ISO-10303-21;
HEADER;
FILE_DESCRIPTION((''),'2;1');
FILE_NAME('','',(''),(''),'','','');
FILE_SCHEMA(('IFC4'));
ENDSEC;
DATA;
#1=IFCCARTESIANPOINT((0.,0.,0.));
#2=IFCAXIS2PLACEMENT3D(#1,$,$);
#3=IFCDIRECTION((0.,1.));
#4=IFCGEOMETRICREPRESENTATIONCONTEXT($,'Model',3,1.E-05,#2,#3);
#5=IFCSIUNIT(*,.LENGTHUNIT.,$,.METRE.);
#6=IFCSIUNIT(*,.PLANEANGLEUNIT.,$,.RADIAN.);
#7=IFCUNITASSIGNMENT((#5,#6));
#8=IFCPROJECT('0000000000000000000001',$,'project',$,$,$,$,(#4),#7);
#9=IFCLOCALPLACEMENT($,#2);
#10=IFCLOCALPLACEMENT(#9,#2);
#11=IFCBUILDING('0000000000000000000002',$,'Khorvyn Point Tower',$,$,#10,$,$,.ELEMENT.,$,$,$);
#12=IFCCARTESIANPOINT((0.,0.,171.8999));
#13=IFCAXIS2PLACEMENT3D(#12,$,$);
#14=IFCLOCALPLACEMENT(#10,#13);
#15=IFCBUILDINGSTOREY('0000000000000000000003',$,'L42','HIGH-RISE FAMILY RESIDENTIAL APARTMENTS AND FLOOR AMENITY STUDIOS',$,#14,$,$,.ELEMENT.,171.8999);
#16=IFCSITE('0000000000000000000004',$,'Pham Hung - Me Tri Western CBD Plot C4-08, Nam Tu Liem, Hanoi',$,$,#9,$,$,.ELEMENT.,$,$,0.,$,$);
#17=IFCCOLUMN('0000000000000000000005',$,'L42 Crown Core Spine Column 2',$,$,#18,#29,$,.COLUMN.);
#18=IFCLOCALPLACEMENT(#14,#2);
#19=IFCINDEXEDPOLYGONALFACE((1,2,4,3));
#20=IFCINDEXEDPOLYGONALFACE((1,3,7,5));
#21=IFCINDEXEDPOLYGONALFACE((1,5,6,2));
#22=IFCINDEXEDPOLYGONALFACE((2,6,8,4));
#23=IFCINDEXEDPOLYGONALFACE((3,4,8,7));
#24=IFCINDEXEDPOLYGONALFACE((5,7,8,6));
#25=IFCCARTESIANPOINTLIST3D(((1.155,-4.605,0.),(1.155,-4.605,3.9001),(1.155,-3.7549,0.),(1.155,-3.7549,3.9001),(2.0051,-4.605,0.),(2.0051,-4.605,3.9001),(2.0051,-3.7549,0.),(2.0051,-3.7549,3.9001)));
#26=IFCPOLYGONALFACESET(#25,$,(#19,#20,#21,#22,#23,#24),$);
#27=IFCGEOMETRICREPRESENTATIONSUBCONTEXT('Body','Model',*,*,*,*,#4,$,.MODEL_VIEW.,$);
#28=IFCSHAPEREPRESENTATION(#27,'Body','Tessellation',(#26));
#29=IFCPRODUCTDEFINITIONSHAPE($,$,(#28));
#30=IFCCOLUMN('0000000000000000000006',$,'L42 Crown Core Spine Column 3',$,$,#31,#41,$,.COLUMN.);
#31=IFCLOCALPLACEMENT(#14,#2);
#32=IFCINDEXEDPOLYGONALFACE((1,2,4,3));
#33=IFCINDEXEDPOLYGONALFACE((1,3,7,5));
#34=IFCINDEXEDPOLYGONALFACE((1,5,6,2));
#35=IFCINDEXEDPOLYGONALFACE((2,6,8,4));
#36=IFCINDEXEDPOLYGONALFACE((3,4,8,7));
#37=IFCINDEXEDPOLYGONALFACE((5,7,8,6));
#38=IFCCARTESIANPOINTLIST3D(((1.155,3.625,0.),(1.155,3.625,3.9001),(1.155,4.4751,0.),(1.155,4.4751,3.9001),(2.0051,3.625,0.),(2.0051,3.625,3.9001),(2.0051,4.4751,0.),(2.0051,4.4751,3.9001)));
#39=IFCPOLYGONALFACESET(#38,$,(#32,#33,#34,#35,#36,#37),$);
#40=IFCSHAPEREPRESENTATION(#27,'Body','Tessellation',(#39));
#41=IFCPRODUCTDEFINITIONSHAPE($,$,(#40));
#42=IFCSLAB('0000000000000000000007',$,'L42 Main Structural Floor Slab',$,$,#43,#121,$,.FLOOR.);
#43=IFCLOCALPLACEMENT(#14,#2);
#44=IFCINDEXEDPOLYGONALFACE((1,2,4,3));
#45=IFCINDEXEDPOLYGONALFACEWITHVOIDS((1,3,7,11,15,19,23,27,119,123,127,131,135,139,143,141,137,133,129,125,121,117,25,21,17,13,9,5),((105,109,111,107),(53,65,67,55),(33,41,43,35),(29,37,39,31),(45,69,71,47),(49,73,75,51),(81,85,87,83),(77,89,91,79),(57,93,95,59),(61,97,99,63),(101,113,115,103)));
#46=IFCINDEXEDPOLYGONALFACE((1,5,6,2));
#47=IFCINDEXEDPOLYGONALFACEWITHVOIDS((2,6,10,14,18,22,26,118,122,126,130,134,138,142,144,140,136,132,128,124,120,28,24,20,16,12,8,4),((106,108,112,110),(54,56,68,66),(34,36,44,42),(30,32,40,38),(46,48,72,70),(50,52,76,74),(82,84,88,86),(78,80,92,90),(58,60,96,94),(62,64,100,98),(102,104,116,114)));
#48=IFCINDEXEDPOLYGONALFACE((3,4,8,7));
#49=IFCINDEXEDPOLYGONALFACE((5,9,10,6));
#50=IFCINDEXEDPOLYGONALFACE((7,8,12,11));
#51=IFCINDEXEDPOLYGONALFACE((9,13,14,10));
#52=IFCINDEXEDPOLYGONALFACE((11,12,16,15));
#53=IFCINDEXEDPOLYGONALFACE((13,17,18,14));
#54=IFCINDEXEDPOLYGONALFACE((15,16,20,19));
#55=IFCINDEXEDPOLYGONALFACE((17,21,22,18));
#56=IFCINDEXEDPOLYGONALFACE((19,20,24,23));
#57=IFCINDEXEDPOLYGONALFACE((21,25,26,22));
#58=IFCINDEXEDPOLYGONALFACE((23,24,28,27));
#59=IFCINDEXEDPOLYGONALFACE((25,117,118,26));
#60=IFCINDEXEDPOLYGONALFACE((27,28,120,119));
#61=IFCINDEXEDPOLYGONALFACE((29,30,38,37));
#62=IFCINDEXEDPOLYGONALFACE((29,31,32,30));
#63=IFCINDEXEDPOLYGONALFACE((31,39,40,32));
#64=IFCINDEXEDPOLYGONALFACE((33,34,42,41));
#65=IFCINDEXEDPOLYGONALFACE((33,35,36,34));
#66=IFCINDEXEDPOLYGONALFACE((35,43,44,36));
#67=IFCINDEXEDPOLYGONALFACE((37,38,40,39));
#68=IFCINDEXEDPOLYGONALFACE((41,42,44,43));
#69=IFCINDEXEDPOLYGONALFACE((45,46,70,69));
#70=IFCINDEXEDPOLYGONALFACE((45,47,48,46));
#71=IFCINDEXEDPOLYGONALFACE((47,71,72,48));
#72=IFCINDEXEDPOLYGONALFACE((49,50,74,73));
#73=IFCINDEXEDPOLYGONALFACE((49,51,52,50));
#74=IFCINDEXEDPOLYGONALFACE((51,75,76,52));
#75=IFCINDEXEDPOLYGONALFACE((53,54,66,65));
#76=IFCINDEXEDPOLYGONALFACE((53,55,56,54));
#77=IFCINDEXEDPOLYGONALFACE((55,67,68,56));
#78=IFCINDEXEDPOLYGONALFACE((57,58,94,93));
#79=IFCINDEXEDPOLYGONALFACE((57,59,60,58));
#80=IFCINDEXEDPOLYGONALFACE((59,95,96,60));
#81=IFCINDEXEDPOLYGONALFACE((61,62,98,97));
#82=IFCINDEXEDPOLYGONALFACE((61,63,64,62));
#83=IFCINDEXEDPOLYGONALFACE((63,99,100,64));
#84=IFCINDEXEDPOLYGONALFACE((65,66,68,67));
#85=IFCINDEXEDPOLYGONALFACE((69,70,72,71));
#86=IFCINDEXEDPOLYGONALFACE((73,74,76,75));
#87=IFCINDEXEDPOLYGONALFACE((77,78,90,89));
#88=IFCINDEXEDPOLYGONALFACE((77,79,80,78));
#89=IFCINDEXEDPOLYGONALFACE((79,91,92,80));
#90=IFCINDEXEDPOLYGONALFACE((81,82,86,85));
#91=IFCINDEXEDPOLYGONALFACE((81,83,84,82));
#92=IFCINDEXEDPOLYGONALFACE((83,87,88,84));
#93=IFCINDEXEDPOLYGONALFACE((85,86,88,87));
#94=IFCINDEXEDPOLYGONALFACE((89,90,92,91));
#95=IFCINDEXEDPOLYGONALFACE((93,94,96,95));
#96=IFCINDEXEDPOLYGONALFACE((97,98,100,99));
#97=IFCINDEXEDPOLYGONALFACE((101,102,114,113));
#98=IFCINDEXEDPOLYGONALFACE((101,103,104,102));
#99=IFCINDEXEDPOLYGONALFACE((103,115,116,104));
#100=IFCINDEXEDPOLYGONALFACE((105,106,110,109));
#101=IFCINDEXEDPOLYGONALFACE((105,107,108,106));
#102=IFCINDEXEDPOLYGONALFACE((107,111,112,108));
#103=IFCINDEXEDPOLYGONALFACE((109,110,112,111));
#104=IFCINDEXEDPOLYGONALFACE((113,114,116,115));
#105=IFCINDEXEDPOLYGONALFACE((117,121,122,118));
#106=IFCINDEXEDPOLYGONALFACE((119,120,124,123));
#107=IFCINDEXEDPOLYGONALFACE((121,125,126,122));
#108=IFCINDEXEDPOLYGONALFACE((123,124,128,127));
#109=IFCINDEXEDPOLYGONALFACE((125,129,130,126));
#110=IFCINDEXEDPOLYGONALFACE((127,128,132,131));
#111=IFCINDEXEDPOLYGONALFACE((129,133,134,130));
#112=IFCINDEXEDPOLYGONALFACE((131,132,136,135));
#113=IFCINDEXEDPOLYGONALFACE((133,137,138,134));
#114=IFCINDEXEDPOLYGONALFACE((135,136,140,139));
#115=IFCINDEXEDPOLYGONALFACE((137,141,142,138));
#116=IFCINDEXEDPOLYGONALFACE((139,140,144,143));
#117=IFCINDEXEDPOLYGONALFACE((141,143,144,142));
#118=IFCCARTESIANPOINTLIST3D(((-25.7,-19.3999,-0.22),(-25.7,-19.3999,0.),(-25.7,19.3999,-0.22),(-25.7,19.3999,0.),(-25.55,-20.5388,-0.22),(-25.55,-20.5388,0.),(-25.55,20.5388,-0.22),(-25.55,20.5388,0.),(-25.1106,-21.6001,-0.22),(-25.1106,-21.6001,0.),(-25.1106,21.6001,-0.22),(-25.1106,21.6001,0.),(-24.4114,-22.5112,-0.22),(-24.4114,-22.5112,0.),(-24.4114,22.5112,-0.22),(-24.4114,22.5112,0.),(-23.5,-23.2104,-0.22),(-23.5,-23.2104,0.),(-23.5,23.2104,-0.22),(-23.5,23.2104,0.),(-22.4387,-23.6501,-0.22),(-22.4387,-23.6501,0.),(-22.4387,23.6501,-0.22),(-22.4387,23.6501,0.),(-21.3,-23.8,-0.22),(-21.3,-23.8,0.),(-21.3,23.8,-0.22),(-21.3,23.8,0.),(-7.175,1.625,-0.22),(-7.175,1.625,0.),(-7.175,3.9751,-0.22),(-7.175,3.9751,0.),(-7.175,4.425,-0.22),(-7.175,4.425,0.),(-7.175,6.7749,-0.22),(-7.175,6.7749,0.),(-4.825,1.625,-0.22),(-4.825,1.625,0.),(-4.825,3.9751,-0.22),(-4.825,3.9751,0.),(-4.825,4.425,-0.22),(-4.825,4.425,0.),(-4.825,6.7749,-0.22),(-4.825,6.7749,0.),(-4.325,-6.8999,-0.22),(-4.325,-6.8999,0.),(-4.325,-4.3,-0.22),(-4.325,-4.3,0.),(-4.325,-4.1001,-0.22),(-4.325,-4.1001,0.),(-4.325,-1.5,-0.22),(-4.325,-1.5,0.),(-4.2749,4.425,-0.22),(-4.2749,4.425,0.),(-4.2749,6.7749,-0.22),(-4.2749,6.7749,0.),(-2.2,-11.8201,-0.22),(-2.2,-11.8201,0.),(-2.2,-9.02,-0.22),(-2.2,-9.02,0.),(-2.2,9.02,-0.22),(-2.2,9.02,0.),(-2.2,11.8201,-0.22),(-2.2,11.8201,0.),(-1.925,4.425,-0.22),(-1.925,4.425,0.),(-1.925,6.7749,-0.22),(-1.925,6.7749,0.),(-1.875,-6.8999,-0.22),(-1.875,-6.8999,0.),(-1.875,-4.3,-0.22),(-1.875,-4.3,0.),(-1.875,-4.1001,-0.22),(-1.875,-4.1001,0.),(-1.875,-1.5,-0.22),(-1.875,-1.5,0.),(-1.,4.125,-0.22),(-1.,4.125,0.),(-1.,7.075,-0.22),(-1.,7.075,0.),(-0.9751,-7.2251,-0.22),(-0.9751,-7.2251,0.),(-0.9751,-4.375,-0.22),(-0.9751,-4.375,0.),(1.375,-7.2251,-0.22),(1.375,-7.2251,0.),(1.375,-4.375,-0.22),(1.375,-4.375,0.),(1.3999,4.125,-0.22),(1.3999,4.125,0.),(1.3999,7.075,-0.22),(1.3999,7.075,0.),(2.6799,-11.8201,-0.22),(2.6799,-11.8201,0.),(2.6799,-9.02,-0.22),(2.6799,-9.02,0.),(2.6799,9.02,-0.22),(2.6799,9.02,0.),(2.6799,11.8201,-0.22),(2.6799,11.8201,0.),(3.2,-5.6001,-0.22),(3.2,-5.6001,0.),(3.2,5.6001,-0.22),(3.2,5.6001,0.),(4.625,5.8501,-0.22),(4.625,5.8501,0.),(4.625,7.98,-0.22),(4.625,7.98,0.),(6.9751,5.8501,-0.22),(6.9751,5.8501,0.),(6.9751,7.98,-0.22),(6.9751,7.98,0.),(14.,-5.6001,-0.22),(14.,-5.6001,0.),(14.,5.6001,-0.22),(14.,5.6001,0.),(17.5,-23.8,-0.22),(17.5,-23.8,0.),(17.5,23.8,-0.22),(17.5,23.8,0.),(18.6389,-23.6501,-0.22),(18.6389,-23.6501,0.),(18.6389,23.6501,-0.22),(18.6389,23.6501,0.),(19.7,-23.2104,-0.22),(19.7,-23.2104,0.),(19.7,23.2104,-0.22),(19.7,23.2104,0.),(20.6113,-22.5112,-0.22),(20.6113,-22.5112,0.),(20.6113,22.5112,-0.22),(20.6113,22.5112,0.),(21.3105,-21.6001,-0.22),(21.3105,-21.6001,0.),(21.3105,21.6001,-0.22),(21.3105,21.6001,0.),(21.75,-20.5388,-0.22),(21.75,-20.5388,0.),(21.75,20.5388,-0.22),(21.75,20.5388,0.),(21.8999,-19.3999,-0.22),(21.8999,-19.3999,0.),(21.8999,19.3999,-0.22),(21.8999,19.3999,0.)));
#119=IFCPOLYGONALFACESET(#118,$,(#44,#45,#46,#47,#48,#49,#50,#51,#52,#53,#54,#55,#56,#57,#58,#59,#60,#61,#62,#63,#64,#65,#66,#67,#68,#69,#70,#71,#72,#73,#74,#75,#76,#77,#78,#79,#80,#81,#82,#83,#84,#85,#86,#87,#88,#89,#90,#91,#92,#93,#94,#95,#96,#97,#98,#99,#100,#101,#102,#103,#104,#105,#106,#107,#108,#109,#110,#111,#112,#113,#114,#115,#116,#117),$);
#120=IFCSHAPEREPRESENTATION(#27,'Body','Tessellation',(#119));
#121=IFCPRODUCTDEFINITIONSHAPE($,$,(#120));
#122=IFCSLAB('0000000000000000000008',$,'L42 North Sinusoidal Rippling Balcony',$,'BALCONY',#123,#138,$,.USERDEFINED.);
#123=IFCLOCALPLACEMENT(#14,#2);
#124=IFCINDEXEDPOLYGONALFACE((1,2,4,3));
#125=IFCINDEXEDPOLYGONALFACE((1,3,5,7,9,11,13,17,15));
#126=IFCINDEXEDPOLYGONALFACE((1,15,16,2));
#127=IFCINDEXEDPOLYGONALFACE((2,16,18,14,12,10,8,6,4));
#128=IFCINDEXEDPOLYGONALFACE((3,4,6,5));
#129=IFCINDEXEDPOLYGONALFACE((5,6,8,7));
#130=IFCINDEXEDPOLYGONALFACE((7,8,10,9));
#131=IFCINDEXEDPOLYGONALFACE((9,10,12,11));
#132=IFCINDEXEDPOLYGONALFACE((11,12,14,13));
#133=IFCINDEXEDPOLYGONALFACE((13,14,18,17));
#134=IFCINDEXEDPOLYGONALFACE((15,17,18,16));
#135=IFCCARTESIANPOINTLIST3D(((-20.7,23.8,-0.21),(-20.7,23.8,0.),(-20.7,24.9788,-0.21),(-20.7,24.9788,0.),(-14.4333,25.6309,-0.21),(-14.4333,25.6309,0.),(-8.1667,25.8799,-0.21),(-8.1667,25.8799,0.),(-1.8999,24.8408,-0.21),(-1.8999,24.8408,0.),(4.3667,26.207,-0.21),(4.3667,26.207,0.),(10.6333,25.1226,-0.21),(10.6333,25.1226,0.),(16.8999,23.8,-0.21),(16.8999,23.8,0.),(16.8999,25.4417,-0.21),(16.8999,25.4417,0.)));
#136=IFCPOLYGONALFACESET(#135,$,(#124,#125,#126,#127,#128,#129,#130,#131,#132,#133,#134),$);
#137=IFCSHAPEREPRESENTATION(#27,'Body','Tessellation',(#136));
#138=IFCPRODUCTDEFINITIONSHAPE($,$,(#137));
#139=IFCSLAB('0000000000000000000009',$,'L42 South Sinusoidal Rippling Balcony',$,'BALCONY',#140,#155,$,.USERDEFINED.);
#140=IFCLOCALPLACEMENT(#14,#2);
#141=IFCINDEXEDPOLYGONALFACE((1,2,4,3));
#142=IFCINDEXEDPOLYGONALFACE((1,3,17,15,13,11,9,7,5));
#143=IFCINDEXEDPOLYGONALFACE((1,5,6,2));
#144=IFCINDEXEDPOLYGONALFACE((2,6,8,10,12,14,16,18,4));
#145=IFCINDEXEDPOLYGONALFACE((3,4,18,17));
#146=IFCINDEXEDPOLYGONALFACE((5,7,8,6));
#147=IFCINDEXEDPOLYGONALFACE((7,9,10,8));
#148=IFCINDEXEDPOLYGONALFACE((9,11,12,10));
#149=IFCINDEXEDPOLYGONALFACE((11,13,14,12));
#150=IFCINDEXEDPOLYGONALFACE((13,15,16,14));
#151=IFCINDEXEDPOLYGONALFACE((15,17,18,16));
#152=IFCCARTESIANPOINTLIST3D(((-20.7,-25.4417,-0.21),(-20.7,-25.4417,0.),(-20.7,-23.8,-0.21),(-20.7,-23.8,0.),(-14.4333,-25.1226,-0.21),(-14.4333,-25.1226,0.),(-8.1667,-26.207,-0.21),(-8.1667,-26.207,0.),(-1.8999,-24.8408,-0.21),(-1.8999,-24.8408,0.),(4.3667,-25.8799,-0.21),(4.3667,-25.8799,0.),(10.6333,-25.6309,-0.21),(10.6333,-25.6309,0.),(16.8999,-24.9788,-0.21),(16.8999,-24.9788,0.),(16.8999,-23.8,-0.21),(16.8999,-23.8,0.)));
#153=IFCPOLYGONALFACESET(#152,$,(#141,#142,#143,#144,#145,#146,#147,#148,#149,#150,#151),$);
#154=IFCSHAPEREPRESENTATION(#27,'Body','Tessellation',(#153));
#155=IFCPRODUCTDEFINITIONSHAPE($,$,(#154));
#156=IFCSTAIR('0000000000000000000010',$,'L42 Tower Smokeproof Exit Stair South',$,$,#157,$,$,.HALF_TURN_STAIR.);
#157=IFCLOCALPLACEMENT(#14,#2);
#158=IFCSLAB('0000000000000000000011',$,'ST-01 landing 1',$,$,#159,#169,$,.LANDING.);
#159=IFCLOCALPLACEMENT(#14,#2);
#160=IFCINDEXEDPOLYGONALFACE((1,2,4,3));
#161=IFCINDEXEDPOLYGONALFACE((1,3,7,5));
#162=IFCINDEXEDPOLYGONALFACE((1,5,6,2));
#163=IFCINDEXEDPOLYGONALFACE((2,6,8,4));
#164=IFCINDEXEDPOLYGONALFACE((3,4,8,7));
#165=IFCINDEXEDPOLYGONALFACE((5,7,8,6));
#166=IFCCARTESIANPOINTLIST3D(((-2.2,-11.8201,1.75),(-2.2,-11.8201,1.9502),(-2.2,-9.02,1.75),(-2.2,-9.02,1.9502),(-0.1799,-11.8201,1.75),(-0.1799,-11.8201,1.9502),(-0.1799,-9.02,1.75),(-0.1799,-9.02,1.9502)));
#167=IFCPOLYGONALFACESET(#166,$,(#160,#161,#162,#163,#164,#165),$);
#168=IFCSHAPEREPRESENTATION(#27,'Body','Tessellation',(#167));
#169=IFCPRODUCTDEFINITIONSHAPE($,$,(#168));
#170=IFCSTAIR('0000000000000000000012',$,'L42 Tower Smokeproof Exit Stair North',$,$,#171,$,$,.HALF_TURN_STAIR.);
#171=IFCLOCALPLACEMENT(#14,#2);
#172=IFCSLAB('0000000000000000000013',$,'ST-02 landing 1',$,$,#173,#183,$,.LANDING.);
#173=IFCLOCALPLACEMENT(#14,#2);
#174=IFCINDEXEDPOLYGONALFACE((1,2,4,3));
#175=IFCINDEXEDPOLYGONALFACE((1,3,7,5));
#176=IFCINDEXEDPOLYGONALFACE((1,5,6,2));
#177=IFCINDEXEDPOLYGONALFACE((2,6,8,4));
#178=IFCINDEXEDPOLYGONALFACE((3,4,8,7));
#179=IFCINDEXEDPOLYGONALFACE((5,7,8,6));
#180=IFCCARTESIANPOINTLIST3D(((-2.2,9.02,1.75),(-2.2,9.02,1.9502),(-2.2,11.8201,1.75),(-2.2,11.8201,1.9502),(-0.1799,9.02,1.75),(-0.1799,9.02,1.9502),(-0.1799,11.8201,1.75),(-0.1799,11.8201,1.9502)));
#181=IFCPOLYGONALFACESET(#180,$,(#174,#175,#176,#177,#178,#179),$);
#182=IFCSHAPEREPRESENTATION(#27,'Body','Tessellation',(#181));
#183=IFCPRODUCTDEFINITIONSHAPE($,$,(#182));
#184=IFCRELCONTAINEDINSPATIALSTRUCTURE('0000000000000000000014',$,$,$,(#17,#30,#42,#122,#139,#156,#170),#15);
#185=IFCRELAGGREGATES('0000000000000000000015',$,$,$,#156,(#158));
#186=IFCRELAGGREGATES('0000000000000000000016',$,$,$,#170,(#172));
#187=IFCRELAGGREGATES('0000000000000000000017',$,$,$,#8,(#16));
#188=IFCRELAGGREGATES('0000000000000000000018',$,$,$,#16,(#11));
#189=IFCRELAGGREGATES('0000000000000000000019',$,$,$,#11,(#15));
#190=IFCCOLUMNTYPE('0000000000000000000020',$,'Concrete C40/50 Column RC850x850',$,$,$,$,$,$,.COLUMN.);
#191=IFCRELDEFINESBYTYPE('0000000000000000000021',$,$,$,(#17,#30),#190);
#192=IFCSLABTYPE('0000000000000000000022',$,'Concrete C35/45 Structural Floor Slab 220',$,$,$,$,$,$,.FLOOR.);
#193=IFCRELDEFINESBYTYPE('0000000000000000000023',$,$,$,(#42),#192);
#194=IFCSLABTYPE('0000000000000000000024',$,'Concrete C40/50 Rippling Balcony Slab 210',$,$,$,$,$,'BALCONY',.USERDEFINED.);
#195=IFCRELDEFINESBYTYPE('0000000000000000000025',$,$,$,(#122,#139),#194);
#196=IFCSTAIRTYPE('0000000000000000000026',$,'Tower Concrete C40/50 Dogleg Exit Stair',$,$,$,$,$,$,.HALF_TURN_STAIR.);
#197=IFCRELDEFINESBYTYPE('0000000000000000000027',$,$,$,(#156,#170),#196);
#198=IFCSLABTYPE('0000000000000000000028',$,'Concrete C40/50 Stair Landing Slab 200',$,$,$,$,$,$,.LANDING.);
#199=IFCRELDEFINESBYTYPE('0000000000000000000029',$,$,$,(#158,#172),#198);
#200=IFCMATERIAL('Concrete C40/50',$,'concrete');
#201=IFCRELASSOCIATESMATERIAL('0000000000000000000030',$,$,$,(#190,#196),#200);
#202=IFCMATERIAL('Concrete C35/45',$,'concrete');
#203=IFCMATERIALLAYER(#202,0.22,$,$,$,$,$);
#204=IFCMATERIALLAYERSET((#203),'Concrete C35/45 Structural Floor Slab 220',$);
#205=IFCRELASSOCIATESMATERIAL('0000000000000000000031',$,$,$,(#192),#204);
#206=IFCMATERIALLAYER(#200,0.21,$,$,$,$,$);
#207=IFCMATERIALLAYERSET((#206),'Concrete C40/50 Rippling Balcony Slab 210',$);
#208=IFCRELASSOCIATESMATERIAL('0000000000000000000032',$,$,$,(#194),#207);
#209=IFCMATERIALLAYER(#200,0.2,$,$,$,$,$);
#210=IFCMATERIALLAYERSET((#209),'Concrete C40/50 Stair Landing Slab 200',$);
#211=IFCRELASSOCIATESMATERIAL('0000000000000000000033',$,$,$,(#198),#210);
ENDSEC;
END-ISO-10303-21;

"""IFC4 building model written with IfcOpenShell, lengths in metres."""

from ifc_helpers import new_model, si_unit, direction, frame, origin, origin_2d, place, context, subcontext, project, spatial, polyline, rectangle, outline, extrude, material, layer, layer_set, material_profile, profile_set, type_object, element, aggregate, save


model = new_model("IFC4")

# Units and contexts
model_context = context("Model", 3, precision=1e-05, world=origin(), true_north=direction((0.0, 1.0)))
body_context = subcontext(model_context, "Body", "Model", "MODEL_VIEW")
ifc_project = project(units=[si_unit("LENGTHUNIT", "METRE"), si_unit("PLANEANGLEUNIT", "RADIAN")], contexts=[model_context])

# Site, building, storey
site_placement = place(None, origin())
site = spatial("IfcSite", under=ifc_project, at=site_placement, Name="Pham Hung - Me Tri Western CBD Plot C4-08, Nam Tu Liem, Hanoi", CompositionType="ELEMENT", RefElevation=0.0)
building_placement = place(site_placement, origin())
building = spatial("IfcBuilding", under=site, at=building_placement, Name="Khorvyn Point Tower", CompositionType="ELEMENT")
storey_placement = place(building_placement, frame((0.0, 0.0, 171.8999)))
storey = spatial("IfcBuildingStorey", under=building, at=storey_placement, Name="L42", Description="HIGH-RISE FAMILY RESIDENTIAL APARTMENTS AND FLOOR AMENITY STUDIOS", CompositionType="ELEMENT", Elevation=171.8999)

# Columns
ifc_material_1 = material(Name="Concrete C40/50", Category="concrete")
ifc_material_profile = material_profile(ifc_material_1, rectangle(XDim=0.8501, YDim=0.8501, at=origin_2d()))
ifc_profile_set = profile_set([ifc_material_profile], Name="Concrete C40/50 RC850x850")
column_type = type_object("IfcColumnType", Name="Concrete C40/50 Column RC850x850", PredefinedType="COLUMN", material=ifc_profile_set)
for number, where, z_axis, x_axis, name in (
    (1, (1.5801, -4.1799, 0.0), (0.0, 0.0, 1.0), (1.0, 0.0, 0.0), "L42 Crown Core Spine Column 2"),
    (2, (1.5801, 4.05, 0.0), (0.0, 0.0, 1.0), (1.0, 0.0, 0.0), "L42 Crown Core Spine Column 3"),
):
    element("IfcColumn", number, at=place(storey_placement, frame(where, z_axis=z_axis, x_axis=x_axis)), inside=storey, type_object=column_type, Name=name, PredefinedType="COLUMN", context=body_context, shape_type="SweptSolid", body=[
        extrude(rectangle(XDim=0.8501, YDim=0.8501, at=origin_2d()), origin(), (0.0, 0.0, 1.0), 3.9001),
    ])

# Slabs
ifc_material_2 = material(Name="Concrete C35/45", Category="concrete")
ifc_layer_1 = layer(ifc_material_2, 0.22)
ifc_layer_set_1 = layer_set([ifc_layer_1], Name="Concrete C35/45 Structural Floor Slab 220")
slab_type_1 = type_object("IfcSlabType", Name="Concrete C35/45 Structural Floor Slab 220", PredefinedType="FLOOR", material=ifc_layer_set_1)
slab_1_placement = place(storey_placement, frame((0.0, 0.0, -0.22)))
element("IfcSlab", 3, at=slab_1_placement, inside=storey, type_object=slab_type_1, Name="L42 Main Structural Floor Slab", PredefinedType="FLOOR", context=body_context, shape_type="SweptSolid", body=[
    extrude(outline(polyline([(-21.3, -23.8), (-22.4387, -23.6501), (-23.5, -23.2104), (-24.4114, -22.5112), (-25.1106, -21.6001), (-25.55, -20.5388), (-25.7, -19.3999), (-25.7, 19.3999), (-25.55, 20.5388), (-25.1106, 21.6001), (-24.4114, 22.5112), (-23.5, 23.2104), (-22.4387, 23.6501), (-21.3, 23.8), (17.5, 23.8), (18.6389, 23.6501), (19.7, 23.2104), (20.6113, 22.5112), (21.3105, 21.6001), (21.75, 20.5388), (21.8999, 19.3999), (21.8999, -19.3999), (21.75, -20.5388), (21.3105, -21.6001), (20.6113, -22.5112), (19.7, -23.2104), (18.6389, -23.6501), (17.5, -23.8), (-21.3, -23.8)]), holes=[polyline([(-1.875, -6.8999), (-1.875, -4.3), (-4.325, -4.3), (-4.325, -6.8999), (-1.875, -6.8999)]), polyline([(-1.875, -4.1001), (-1.875, -1.5), (-4.325, -1.5), (-4.325, -4.1001), (-1.875, -4.1001)]), polyline([(-4.825, 1.625), (-4.825, 3.9751), (-7.175, 3.9751), (-7.175, 1.625), (-4.825, 1.625)]), polyline([(-7.175, 4.425), (-4.825, 4.425), (-4.825, 6.7749), (-7.175, 6.7749), (-7.175, 4.425)]), polyline([(-4.2749, 4.425), (-1.925, 4.425), (-1.925, 6.7749), (-4.2749, 6.7749), (-4.2749, 4.425)]), polyline([(1.3999, 4.125), (1.3999, 7.075), (-1.0, 7.075), (-1.0, 4.125), (1.3999, 4.125)]), polyline([(-2.2, -11.8201), (2.6799, -11.8201), (2.6799, -9.02), (-2.2, -9.02), (-2.2, -11.8201)]), polyline([(-0.9751, -7.2251), (1.375, -7.2251), (1.375, -4.375), (-0.9751, -4.375), (-0.9751, -7.2251)]), polyline([(14.0, -5.6001), (14.0, 5.6001), (3.2, 5.6001), (3.2, -5.6001), (14.0, -5.6001)]), polyline([(4.625, 5.8501), (6.9751, 5.8501), (6.9751, 7.98), (4.625, 7.98), (4.625, 5.8501)]), polyline([(-2.2, 9.02), (2.6799, 9.02), (2.6799, 11.8201), (-2.2, 11.8201), (-2.2, 9.02)])]), origin(), (0.0, 0.0, 1.0), 0.22),
])
ifc_layer_2 = layer(ifc_material_1, 0.21)
ifc_layer_set_2 = layer_set([ifc_layer_2], Name="Concrete C40/50 Rippling Balcony Slab 210")
slab_type_2 = type_object("IfcSlabType", Name="Concrete C40/50 Rippling Balcony Slab 210", ElementType="BALCONY", PredefinedType="USERDEFINED", material=ifc_layer_set_2)
slab_2_placement = place(storey_placement, frame((0.0, 0.0, -0.21)))
element("IfcSlab", 4, at=slab_2_placement, inside=storey, type_object=slab_type_2, Name="L42 North Sinusoidal Rippling Balcony", ObjectType="BALCONY", PredefinedType="USERDEFINED", context=body_context, shape_type="SweptSolid", body=[
    extrude(outline(polyline([(16.8999, 23.8), (16.8999, 25.4417), (10.6333, 25.1226), (4.3667, 26.207), (-1.8999, 24.8408), (-8.1667, 25.8799), (-14.4333, 25.6309), (-20.7, 24.9788), (-20.7, 23.8), (16.8999, 23.8)])), origin(), (0.0, 0.0, 1.0), 0.21),
])
slab_3_placement = place(storey_placement, frame((0.0, 0.0, -0.21)))
element("IfcSlab", 5, at=slab_3_placement, inside=storey, type_object=slab_type_2, Name="L42 South Sinusoidal Rippling Balcony", ObjectType="BALCONY", PredefinedType="USERDEFINED", context=body_context, shape_type="SweptSolid", body=[
    extrude(outline(polyline([(-20.7, -23.8), (-20.7, -25.4417), (-14.4333, -25.1226), (-8.1667, -26.207), (-1.8999, -24.8408), (4.3667, -25.8799), (10.6333, -25.6309), (16.8999, -24.9788), (16.8999, -23.8), (-20.7, -23.8)])), origin(), (0.0, 0.0, 1.0), 0.21),
])

# Stairs, slabs
stair_type = type_object("IfcStairType", Name="Tower Concrete C40/50 Dogleg Exit Stair", PredefinedType="HALF_TURN_STAIR", material=ifc_material_1)
stair_1_placement = place(storey_placement, origin())
stair_1 = element("IfcStair", 6, at=stair_1_placement, inside=storey, type_object=stair_type, Name="L42 Tower Smokeproof Exit Stair South", PredefinedType="HALF_TURN_STAIR")
ifc_layer_3 = layer(ifc_material_1, 0.2)
ifc_layer_set_3 = layer_set([ifc_layer_3], Name="Concrete C40/50 Stair Landing Slab 200")
slab_type_3 = type_object("IfcSlabType", Name="Concrete C40/50 Stair Landing Slab 200", PredefinedType="LANDING", material=ifc_layer_set_3)
slab_4_placement = place(storey_placement, frame((0.0, 0.0, 1.75)))
slab_4 = element("IfcSlab", 7, at=slab_4_placement, type_object=slab_type_3, Name="ST-01 landing 1", PredefinedType="LANDING", context=body_context, shape_type="SweptSolid", body=[
    extrude(outline(polyline([(-0.1799, -9.02), (-2.2, -9.02), (-2.2, -11.8201), (-0.1799, -11.8201), (-0.1799, -9.02)])), origin(), (0.0, 0.0, 1.0), 0.2002),
])
aggregate(stair_1, [slab_4])
stair_2_placement = place(storey_placement, origin())
stair_2 = element("IfcStair", 8, at=stair_2_placement, inside=storey, type_object=stair_type, Name="L42 Tower Smokeproof Exit Stair North", PredefinedType="HALF_TURN_STAIR")
slab_5_placement = place(storey_placement, frame((0.0, 0.0, 1.75)))
slab_5 = element("IfcSlab", 9, at=slab_5_placement, type_object=slab_type_3, Name="ST-02 landing 1", PredefinedType="LANDING", context=body_context, shape_type="SweptSolid", body=[
    extrude(outline(polyline([(-0.1799, 11.8201), (-2.2, 11.8201), (-2.2, 9.02), (-0.1799, 9.02), (-0.1799, 11.8201)])), origin(), (0.0, 0.0, 1.0), 0.2002),
])

aggregate(stair_2, [slab_5])

save(model, "model.ifc")
